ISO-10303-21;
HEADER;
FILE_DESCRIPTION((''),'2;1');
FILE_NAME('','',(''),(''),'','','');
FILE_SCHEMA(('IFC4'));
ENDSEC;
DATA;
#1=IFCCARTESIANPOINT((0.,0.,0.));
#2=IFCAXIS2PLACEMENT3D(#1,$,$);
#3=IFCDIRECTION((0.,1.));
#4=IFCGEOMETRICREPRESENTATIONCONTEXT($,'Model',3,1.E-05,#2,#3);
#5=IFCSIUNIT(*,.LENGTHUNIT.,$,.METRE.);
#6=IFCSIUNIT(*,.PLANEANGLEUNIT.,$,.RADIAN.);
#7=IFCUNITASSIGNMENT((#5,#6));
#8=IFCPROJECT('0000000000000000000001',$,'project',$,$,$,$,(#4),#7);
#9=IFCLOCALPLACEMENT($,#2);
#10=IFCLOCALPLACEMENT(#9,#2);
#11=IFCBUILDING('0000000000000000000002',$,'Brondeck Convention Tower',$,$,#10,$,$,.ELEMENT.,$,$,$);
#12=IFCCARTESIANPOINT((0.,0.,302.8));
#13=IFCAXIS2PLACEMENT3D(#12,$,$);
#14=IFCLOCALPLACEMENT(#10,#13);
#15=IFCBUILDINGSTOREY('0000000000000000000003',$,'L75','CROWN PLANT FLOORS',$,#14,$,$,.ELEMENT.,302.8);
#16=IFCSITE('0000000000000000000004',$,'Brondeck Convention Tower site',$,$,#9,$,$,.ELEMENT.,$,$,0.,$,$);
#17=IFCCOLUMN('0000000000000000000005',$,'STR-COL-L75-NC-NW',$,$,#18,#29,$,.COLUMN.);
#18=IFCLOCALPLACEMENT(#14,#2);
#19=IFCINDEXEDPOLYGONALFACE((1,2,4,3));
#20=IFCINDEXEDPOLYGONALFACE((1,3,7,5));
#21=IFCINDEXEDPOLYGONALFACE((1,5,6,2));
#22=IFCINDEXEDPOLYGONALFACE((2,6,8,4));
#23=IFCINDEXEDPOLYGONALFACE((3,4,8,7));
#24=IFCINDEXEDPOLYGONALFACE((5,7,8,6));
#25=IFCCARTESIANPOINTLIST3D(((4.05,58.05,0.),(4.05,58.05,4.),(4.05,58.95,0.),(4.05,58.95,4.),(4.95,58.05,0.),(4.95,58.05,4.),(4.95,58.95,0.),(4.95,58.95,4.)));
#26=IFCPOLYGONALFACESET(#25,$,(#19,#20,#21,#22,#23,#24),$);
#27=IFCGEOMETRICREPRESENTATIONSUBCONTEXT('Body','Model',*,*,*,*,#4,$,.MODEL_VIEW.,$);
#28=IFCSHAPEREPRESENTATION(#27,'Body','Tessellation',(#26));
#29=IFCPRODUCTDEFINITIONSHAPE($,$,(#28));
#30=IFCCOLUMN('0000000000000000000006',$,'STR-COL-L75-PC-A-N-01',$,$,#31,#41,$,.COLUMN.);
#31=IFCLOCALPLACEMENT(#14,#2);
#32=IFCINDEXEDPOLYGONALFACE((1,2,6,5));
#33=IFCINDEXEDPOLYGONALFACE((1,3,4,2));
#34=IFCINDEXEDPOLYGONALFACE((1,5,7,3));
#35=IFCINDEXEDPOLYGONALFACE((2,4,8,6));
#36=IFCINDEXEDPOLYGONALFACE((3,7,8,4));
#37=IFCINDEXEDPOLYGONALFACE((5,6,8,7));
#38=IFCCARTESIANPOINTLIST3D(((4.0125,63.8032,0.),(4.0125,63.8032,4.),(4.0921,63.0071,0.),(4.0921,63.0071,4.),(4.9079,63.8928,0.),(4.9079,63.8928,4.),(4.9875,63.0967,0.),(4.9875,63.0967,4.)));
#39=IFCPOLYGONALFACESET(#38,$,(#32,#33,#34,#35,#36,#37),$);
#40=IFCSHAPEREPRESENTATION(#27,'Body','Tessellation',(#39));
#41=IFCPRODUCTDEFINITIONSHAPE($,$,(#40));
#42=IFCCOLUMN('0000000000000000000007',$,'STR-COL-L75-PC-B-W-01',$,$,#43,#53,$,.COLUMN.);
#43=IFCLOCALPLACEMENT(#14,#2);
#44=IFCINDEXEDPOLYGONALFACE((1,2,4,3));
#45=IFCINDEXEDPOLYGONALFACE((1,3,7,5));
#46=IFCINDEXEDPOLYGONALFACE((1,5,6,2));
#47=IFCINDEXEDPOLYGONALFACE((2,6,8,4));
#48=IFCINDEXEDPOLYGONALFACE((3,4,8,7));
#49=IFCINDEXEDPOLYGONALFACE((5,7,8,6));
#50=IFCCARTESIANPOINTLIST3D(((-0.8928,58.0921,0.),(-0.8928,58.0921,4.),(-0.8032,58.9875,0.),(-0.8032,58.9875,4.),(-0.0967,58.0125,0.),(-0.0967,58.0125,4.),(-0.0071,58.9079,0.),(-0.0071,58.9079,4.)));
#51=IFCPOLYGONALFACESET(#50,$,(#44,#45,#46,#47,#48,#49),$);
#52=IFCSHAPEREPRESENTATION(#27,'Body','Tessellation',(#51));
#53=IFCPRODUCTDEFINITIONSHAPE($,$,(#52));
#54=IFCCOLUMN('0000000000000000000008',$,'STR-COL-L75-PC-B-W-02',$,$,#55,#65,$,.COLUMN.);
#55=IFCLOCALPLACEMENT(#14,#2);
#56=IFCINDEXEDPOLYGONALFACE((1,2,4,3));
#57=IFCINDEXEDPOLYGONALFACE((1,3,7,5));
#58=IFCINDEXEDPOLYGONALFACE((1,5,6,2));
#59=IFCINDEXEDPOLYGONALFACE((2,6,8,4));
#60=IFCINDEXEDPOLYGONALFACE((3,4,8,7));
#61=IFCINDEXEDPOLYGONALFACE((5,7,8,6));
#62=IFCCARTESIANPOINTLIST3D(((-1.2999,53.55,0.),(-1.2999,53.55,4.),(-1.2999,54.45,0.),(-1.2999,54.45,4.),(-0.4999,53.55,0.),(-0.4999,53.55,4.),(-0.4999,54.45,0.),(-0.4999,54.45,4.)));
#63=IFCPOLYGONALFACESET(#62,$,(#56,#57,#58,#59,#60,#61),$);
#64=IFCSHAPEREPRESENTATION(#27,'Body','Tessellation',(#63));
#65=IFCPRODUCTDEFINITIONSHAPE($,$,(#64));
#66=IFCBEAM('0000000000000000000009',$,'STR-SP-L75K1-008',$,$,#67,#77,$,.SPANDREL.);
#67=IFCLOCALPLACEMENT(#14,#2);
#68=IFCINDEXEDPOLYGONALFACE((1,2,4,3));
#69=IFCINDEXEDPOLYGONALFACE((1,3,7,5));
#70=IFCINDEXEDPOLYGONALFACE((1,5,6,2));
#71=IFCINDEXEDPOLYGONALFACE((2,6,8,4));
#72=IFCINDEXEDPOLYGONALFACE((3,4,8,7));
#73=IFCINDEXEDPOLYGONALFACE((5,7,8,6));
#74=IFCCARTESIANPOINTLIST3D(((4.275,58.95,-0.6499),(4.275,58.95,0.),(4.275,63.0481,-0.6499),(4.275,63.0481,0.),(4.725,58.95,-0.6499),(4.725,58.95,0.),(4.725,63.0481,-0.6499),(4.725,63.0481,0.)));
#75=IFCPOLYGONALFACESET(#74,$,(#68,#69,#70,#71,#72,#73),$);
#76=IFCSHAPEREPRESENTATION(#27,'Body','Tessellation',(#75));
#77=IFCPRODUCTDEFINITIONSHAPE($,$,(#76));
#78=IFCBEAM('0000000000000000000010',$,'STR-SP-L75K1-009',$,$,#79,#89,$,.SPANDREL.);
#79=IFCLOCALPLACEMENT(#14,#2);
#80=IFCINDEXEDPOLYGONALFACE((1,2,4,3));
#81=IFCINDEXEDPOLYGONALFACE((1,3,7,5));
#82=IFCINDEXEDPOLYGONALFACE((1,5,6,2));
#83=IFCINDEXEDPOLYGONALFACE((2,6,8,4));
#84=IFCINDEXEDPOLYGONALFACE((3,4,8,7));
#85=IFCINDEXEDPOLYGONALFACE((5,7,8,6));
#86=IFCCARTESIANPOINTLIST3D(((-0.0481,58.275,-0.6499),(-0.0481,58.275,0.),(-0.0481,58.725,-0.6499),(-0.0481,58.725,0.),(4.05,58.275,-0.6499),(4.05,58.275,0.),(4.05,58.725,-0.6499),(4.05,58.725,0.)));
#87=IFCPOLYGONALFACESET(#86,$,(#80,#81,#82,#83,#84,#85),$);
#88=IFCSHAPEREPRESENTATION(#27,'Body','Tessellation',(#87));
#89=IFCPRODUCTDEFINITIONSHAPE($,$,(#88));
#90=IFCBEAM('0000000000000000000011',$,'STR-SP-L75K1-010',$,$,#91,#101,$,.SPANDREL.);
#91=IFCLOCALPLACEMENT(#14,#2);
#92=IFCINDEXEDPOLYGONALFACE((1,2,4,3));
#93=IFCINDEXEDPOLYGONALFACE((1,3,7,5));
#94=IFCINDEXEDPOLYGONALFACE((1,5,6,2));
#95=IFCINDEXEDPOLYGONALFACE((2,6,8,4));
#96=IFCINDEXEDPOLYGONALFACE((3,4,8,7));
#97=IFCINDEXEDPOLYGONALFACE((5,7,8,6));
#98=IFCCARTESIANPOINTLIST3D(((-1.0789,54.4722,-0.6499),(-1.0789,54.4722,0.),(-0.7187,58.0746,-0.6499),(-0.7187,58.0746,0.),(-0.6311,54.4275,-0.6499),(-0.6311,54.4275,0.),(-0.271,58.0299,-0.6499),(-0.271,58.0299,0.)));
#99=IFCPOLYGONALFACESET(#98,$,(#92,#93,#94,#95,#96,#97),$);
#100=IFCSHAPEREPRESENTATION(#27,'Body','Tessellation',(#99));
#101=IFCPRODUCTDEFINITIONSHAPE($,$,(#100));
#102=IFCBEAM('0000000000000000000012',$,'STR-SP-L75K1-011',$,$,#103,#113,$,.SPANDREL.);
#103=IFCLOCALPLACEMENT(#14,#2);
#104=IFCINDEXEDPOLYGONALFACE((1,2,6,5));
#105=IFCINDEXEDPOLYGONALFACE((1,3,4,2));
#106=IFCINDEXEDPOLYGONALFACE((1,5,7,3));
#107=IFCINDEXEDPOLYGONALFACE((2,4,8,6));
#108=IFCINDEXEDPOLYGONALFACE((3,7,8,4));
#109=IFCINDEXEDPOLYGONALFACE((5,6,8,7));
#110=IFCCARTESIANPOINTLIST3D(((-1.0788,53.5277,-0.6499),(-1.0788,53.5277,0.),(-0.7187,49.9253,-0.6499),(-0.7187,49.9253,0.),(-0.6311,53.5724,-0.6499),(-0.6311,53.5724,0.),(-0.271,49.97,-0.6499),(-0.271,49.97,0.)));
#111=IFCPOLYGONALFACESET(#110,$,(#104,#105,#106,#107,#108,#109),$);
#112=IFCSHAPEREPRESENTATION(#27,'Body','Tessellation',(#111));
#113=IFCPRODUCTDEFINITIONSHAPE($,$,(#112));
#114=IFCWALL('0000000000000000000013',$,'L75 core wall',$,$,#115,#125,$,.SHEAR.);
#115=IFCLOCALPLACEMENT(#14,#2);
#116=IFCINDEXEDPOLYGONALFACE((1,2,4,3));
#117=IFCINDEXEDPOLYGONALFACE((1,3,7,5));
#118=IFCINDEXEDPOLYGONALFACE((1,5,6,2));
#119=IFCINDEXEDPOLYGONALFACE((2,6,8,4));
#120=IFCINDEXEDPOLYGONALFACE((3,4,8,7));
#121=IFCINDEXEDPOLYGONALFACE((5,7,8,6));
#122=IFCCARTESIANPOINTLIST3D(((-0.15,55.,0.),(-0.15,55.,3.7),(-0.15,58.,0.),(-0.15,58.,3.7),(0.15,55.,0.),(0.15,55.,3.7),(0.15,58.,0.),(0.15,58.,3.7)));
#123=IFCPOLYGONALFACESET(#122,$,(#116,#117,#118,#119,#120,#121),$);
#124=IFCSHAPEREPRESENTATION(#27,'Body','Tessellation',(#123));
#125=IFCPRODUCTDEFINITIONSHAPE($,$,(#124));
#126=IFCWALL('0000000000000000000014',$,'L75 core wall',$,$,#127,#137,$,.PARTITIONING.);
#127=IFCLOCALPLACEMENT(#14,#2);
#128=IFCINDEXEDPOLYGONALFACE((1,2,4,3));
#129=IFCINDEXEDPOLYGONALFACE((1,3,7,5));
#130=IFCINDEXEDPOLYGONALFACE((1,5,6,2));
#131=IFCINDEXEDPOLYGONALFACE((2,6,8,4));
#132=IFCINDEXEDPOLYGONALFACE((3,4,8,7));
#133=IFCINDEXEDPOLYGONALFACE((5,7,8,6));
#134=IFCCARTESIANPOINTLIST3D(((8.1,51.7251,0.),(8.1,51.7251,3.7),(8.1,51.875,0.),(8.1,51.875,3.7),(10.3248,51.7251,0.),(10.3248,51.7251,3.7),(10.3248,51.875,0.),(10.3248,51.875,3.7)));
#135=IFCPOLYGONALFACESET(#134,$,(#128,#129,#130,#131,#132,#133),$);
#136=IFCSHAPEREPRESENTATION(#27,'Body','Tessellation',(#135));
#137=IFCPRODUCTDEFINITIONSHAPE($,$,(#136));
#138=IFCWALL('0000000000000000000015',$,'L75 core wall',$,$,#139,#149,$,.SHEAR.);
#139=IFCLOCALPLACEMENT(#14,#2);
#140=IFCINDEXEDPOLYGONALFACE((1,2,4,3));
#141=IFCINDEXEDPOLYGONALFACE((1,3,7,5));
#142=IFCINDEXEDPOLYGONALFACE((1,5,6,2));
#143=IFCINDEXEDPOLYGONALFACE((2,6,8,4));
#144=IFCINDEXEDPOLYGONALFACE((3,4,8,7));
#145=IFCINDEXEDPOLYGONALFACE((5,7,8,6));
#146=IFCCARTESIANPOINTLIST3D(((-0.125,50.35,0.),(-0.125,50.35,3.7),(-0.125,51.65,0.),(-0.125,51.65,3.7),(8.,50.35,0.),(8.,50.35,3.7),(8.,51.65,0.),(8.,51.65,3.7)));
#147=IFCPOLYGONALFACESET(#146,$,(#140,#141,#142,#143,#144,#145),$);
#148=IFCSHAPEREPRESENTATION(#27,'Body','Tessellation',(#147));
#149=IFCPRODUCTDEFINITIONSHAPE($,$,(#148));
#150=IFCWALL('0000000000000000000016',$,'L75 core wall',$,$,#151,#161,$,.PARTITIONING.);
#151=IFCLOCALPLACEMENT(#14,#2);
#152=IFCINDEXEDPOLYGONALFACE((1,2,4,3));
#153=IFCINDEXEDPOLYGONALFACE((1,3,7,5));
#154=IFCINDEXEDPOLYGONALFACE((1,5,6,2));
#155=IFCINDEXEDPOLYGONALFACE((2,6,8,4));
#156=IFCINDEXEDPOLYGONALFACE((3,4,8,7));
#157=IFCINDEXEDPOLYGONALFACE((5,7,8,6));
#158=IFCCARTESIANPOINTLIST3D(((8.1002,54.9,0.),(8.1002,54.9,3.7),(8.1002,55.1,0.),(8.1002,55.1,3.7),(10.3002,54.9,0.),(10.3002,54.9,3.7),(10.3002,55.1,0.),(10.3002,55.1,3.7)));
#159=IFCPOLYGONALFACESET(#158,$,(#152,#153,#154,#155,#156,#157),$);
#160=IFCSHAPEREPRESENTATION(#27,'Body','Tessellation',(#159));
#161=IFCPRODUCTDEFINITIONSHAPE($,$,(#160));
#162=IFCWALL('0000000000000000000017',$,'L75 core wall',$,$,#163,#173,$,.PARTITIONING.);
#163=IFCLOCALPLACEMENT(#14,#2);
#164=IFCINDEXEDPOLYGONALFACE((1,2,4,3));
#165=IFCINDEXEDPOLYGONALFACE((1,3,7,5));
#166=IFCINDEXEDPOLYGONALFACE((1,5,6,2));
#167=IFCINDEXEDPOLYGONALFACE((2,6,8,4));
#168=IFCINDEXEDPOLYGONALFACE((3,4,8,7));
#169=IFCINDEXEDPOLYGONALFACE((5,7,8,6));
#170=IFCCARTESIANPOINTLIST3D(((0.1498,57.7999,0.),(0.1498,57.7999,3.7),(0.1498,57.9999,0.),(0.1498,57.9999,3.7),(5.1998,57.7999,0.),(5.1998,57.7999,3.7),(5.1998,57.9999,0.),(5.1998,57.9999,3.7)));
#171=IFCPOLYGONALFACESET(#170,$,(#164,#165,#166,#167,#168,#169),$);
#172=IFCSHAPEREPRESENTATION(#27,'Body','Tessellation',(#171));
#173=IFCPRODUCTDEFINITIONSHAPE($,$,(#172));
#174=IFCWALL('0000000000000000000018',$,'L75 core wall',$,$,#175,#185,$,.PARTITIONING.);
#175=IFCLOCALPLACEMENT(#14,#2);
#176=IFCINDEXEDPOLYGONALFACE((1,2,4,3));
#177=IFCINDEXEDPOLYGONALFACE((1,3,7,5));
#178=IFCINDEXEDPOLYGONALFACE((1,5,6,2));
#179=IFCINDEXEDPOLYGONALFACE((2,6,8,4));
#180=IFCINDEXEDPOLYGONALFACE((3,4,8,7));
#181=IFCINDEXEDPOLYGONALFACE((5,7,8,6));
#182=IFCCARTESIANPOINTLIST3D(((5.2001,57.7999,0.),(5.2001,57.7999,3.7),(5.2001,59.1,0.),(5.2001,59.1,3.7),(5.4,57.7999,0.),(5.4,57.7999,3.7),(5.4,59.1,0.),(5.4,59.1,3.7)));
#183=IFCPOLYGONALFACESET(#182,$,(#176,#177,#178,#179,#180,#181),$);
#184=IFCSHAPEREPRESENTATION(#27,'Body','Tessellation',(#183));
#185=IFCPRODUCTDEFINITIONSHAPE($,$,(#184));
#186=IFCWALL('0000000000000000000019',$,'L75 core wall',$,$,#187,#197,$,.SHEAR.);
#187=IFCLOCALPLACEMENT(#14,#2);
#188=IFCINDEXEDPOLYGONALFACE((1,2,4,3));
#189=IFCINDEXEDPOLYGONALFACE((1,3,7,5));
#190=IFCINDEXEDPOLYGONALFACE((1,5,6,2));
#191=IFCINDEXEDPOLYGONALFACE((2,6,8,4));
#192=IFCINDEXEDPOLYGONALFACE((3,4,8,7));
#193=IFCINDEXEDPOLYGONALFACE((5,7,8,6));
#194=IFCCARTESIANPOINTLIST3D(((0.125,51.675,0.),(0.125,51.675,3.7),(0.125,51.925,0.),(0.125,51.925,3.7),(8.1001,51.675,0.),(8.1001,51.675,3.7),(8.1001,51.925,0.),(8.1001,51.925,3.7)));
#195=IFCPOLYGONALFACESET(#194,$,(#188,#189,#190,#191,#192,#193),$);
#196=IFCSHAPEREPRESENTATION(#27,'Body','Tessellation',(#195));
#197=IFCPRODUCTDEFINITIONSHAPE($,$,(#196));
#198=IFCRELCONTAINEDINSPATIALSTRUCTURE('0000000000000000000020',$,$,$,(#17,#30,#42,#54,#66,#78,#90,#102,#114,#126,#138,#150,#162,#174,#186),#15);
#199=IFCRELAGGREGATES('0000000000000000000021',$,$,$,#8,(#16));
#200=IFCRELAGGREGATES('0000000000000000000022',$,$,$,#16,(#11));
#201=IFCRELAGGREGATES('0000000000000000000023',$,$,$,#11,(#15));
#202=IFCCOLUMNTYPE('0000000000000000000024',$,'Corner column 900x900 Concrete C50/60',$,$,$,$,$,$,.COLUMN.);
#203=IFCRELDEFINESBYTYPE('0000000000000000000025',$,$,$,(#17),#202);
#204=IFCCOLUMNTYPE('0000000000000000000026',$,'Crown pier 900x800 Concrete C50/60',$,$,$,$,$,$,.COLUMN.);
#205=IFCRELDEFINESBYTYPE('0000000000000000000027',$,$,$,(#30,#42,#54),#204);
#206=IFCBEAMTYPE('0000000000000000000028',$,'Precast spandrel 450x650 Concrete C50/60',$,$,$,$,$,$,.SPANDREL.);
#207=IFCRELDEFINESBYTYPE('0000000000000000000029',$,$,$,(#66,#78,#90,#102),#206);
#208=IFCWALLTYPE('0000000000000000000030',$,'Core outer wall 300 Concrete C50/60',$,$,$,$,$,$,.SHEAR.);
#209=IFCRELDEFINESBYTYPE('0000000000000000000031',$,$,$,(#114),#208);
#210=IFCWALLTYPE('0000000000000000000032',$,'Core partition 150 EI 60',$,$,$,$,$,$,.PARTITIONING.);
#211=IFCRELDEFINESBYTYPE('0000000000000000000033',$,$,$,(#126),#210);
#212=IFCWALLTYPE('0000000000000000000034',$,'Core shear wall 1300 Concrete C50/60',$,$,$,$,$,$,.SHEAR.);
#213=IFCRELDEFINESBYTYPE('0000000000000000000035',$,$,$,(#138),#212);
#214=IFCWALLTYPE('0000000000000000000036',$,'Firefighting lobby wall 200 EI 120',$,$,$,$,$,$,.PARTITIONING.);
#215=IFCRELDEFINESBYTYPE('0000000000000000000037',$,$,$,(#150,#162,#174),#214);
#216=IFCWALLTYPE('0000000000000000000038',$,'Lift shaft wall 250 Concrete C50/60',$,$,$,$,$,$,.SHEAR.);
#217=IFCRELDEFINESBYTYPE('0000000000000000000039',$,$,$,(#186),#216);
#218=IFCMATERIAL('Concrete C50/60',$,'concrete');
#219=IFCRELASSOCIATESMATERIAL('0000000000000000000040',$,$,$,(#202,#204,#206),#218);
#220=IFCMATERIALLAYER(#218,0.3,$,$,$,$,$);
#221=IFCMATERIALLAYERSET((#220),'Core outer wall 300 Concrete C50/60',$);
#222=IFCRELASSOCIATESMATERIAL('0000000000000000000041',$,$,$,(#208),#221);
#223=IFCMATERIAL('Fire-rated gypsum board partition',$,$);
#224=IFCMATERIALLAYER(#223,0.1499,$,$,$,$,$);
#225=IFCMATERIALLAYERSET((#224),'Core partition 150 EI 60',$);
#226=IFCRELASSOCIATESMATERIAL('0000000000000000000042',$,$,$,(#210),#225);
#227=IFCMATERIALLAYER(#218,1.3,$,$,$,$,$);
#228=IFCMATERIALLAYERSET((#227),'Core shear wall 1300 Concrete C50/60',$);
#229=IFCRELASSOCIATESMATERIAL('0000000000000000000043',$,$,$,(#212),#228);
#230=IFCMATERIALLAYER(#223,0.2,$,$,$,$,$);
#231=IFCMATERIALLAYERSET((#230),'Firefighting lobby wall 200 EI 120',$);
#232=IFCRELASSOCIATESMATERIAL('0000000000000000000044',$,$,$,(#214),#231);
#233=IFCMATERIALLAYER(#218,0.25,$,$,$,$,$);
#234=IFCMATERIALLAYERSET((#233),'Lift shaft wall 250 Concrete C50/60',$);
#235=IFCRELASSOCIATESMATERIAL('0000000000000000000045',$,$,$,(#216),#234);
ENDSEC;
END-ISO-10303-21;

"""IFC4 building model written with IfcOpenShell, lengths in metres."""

from ifc_helpers import new_model, si_unit, direction, frame, frame_2d, origin, origin_2d, place, context, subcontext, project, spatial, rectangle, extrude, material, layer, layer_set, material_profile, profile_set, type_object, element, save


model = new_model("IFC4")

# Units and contexts
model_context = context("Model", 3, precision=1e-05, world=origin(), true_north=direction((0.0, 1.0)))
body_context = subcontext(model_context, "Body", "Model", "MODEL_VIEW")
ifc_project = project(units=[si_unit("LENGTHUNIT", "METRE"), si_unit("PLANEANGLEUNIT", "RADIAN")], contexts=[model_context])

# Site, building, storey
site_placement = place(None, origin())
site = spatial("IfcSite", under=ifc_project, at=site_placement, Name="Brondeck Convention Tower site", CompositionType="ELEMENT", RefElevation=0.0)
building_placement = place(site_placement, origin())
building = spatial("IfcBuilding", under=site, at=building_placement, Name="Brondeck Convention Tower", CompositionType="ELEMENT")
storey_placement = place(building_placement, frame((0.0, 0.0, 302.8)))
storey = spatial("IfcBuildingStorey", under=building, at=storey_placement, Name="L75", Description="CROWN PLANT FLOORS", CompositionType="ELEMENT", Elevation=302.8)

# Columns
ifc_material_1 = material(Name="Concrete C50/60", Category="concrete")
ifc_material_profile_1 = material_profile(ifc_material_1, rectangle(XDim=0.8999, YDim=0.8999, at=origin_2d()), Name="Corner column 900x900 Concrete C50/60")
ifc_profile_set_1 = profile_set([ifc_material_profile_1], Name="Concrete C50/60")
column_type_1 = type_object("IfcColumnType", Name="Corner column 900x900 Concrete C50/60", PredefinedType="COLUMN", material=ifc_profile_set_1)
column_placement = place(storey_placement, frame((4.5, 58.5, 0.0), z_axis=(0.0, 0.0, 1.0), x_axis=(1.0, 0.0, 0.0)))
element("IfcColumn", 1, at=column_placement, inside=storey, type_object=column_type_1, Name="STR-COL-L75-NC-NW", PredefinedType="COLUMN", context=body_context, shape_type="SweptSolid", body=[
    extrude(rectangle(XDim=0.8999, YDim=0.8999, at=origin_2d()), origin(), (0.0, 0.0, 1.0), 4.0),
])
ifc_material_profile_2 = material_profile(ifc_material_1, rectangle(XDim=0.8999, YDim=0.8, at=origin_2d()), Name="Crown pier 900x800 Concrete C50/60")
ifc_profile_set_2 = profile_set([ifc_material_profile_2], Name="Concrete C50/60")
column_type_2 = type_object("IfcColumnType", Name="Crown pier 900x800 Concrete C50/60", PredefinedType="COLUMN", material=ifc_profile_set_2)
for number, where, z_axis, x_axis, name in (
    (2, (4.5, 63.45, 0.0), (0.0, 0.0, 1.0), (-0.995037, -0.099504, 0.0), "STR-COL-L75-PC-A-N-01"),
    (3, (-0.45, 58.5, 0.0), (0.0, 0.0, 1.0), (-0.099504, -0.995037, 0.0), "STR-COL-L75-PC-B-W-01"),
    (4, (-0.8999, 54.0, 0.0), (0.0, 0.0, 1.0), (0.0, -1.0, 0.0), "STR-COL-L75-PC-B-W-02"),
):
    element("IfcColumn", number, at=place(storey_placement, frame(where, z_axis=z_axis, x_axis=x_axis)), inside=storey, type_object=column_type_2, Name=name, PredefinedType="COLUMN", context=body_context, shape_type="SweptSolid", body=[
        extrude(rectangle(XDim=0.8999, YDim=0.8, at=origin_2d()), origin(), (0.0, 0.0, 1.0), 4.0),
    ])

# Beams
ifc_material_profile_3 = material_profile(ifc_material_1, rectangle(XDim=0.45, YDim=0.6499, at=origin_2d()), Name="Precast spandrel 450x650 Concrete C50/60")
ifc_profile_set_3 = profile_set([ifc_material_profile_3], Name="Concrete C50/60")
beam_type = type_object("IfcBeamType", Name="Precast spandrel 450x650 Concrete C50/60", PredefinedType="SPANDREL", material=ifc_profile_set_3)
for number, where, z_axis, x_axis, name in (
    (5, (4.5, 63.0481, -0.325), (0.0, -1.0, 0.0), (1.0, 0.0, 0.0), "STR-SP-L75K1-008"),
    (6, (4.05, 58.5, -0.325), (-1.0, 0.0, 0.0), (0.0, -1.0, 0.0), "STR-SP-L75K1-009"),
):
    element("IfcBeam", number, at=place(storey_placement, frame(where, z_axis=z_axis, x_axis=x_axis)), inside=storey, type_object=beam_type, Name=name, PredefinedType="SPANDREL", context=body_context, shape_type="SweptSolid", body=[
        extrude(rectangle(XDim=0.45, YDim=0.6499, at=origin_2d()), origin(), (0.0, 0.0, 1.0), 4.0981),
    ])
for number, where, z_axis, x_axis, name in (
    (7, (-0.4949, 58.0522, -0.325), (-0.09947, -0.995041, 0.0), (0.995041, -0.09947, 0.0), "STR-SP-L75K1-010"),
    (8, (-0.855, 53.55, -0.325), (0.09947, -0.995041, 0.0), (0.995041, 0.09947, 0.0), "STR-SP-L75K1-011"),
):
    element("IfcBeam", number, at=place(storey_placement, frame(where, z_axis=z_axis, x_axis=x_axis)), inside=storey, type_object=beam_type, Name=name, PredefinedType="SPANDREL", context=body_context, shape_type="SweptSolid", body=[
        extrude(rectangle(XDim=0.45, YDim=0.6499, at=origin_2d()), origin(), (0.0, 0.0, 1.0), 3.6204),
    ])

# Walls
ifc_layer_1 = layer(ifc_material_1, 0.3)
ifc_layer_set_1 = layer_set([ifc_layer_1], Name="Core outer wall 300 Concrete C50/60")
wall_type_1 = type_object("IfcWallType", Name="Core outer wall 300 Concrete C50/60", PredefinedType="SHEAR", material=ifc_layer_set_1)
wall_1_placement = place(storey_placement, frame((0.0, 55.0, 0.0), z_axis=(0.0, 0.0, 1.0), x_axis=(0.0, 1.0, 0.0)))
element("IfcWall", 9, at=wall_1_placement, inside=storey, type_object=wall_type_1, Name="L75 core wall", PredefinedType="SHEAR", context=body_context, shape_type="SweptSolid", body=[
    extrude(rectangle(XDim=3.0, YDim=0.3, at=frame_2d((1.5, 0.0))), origin(), (0.0, 0.0, 1.0), 3.7),
])
ifc_material_2 = material(Name="Fire-rated gypsum board partition")
ifc_layer_2 = layer(ifc_material_2, 0.1499)
ifc_layer_set_2 = layer_set([ifc_layer_2], Name="Core partition 150 EI 60")
wall_type_2 = type_object("IfcWallType", Name="Core partition 150 EI 60", PredefinedType="PARTITIONING", material=ifc_layer_set_2)
wall_2_placement = place(storey_placement, frame((8.1001, 51.8, 0.0), z_axis=(0.0, 0.0, 1.0), x_axis=(1.0, 0.0, 0.0)))
element("IfcWall", 10, at=wall_2_placement, inside=storey, type_object=wall_type_2, Name="L75 core wall", PredefinedType="PARTITIONING", context=body_context, shape_type="SweptSolid", body=[
    extrude(rectangle(XDim=2.2249, YDim=0.1499, at=frame_2d((1.1123, 0.0))), origin(), (0.0, 0.0, 1.0), 3.7),
])
ifc_layer_3 = layer(ifc_material_1, 1.3)
ifc_layer_set_3 = layer_set([ifc_layer_3], Name="Core shear wall 1300 Concrete C50/60")
wall_type_3 = type_object("IfcWallType", Name="Core shear wall 1300 Concrete C50/60", PredefinedType="SHEAR", material=ifc_layer_set_3)
wall_3_placement = place(storey_placement, frame((-0.125, 51.0, 0.0), z_axis=(0.0, 0.0, 1.0), x_axis=(1.0, 0.0, 0.0)))
element("IfcWall", 11, at=wall_3_placement, inside=storey, type_object=wall_type_3, Name="L75 core wall", PredefinedType="SHEAR", context=body_context, shape_type="SweptSolid", body=[
    extrude(rectangle(XDim=8.125, YDim=1.3, at=frame_2d((4.0625, 0.0))), origin(), (0.0, 0.0, 1.0), 3.7),
])
ifc_layer_4 = layer(ifc_material_2, 0.2)
ifc_layer_set_4 = layer_set([ifc_layer_4], Name="Firefighting lobby wall 200 EI 120")
wall_type_4 = type_object("IfcWallType", Name="Firefighting lobby wall 200 EI 120", PredefinedType="PARTITIONING", material=ifc_layer_set_4)
wall_4_placement = place(storey_placement, frame((8.1001, 55.0, 0.0), z_axis=(0.0, 0.0, 1.0), x_axis=(1.0, 0.0, 0.0)))
element("IfcWall", 12, at=wall_4_placement, inside=storey, type_object=wall_type_4, Name="L75 core wall", PredefinedType="PARTITIONING", context=body_context, shape_type="SweptSolid", body=[
    extrude(rectangle(XDim=2.2, YDim=0.2, at=frame_2d((1.1001, 0.0))), origin(), (0.0, 0.0, 1.0), 3.7),
])
wall_5_placement = place(storey_placement, frame((0.1499, 57.8999, 0.0), z_axis=(0.0, 0.0, 1.0), x_axis=(1.0, 0.0, 0.0)))
element("IfcWall", 13, at=wall_5_placement, inside=storey, type_object=wall_type_4, Name="L75 core wall", PredefinedType="PARTITIONING", context=body_context, shape_type="SweptSolid", body=[
    extrude(rectangle(XDim=5.05, YDim=0.2, at=frame_2d((2.5249, 0.0))), origin(), (0.0, 0.0, 1.0), 3.7),
])
wall_6_placement = place(storey_placement, frame((5.3, 57.8, 0.0), z_axis=(0.0, 0.0, 1.0), x_axis=(0.0, 1.0, 0.0)))
element("IfcWall", 14, at=wall_6_placement, inside=storey, type_object=wall_type_4, Name="L75 core wall", PredefinedType="PARTITIONING", context=body_context, shape_type="SweptSolid", body=[
    extrude(rectangle(XDim=1.3, YDim=0.2, at=frame_2d((0.6499, 0.0))), origin(), (0.0, 0.0, 1.0), 3.7),
])
ifc_layer_5 = layer(ifc_material_1, 0.25)
ifc_layer_set_5 = layer_set([ifc_layer_5], Name="Lift shaft wall 250 Concrete C50/60")
wall_type_5 = type_object("IfcWallType", Name="Lift shaft wall 250 Concrete C50/60", PredefinedType="SHEAR", material=ifc_layer_set_5)
wall_7_placement = place(storey_placement, frame((0.125, 51.8, 0.0), z_axis=(0.0, 0.0, 1.0), x_axis=(1.0, 0.0, 0.0)))
element("IfcWall", 15, at=wall_7_placement, inside=storey, type_object=wall_type_5, Name="L75 core wall", PredefinedType="SHEAR", context=body_context, shape_type="SweptSolid", body=[
    extrude(rectangle(XDim=7.9751, YDim=0.25, at=frame_2d((3.9875, 0.0))), origin(), (0.0, 0.0, 1.0), 3.7),
])

save(model, "model.ifc")
